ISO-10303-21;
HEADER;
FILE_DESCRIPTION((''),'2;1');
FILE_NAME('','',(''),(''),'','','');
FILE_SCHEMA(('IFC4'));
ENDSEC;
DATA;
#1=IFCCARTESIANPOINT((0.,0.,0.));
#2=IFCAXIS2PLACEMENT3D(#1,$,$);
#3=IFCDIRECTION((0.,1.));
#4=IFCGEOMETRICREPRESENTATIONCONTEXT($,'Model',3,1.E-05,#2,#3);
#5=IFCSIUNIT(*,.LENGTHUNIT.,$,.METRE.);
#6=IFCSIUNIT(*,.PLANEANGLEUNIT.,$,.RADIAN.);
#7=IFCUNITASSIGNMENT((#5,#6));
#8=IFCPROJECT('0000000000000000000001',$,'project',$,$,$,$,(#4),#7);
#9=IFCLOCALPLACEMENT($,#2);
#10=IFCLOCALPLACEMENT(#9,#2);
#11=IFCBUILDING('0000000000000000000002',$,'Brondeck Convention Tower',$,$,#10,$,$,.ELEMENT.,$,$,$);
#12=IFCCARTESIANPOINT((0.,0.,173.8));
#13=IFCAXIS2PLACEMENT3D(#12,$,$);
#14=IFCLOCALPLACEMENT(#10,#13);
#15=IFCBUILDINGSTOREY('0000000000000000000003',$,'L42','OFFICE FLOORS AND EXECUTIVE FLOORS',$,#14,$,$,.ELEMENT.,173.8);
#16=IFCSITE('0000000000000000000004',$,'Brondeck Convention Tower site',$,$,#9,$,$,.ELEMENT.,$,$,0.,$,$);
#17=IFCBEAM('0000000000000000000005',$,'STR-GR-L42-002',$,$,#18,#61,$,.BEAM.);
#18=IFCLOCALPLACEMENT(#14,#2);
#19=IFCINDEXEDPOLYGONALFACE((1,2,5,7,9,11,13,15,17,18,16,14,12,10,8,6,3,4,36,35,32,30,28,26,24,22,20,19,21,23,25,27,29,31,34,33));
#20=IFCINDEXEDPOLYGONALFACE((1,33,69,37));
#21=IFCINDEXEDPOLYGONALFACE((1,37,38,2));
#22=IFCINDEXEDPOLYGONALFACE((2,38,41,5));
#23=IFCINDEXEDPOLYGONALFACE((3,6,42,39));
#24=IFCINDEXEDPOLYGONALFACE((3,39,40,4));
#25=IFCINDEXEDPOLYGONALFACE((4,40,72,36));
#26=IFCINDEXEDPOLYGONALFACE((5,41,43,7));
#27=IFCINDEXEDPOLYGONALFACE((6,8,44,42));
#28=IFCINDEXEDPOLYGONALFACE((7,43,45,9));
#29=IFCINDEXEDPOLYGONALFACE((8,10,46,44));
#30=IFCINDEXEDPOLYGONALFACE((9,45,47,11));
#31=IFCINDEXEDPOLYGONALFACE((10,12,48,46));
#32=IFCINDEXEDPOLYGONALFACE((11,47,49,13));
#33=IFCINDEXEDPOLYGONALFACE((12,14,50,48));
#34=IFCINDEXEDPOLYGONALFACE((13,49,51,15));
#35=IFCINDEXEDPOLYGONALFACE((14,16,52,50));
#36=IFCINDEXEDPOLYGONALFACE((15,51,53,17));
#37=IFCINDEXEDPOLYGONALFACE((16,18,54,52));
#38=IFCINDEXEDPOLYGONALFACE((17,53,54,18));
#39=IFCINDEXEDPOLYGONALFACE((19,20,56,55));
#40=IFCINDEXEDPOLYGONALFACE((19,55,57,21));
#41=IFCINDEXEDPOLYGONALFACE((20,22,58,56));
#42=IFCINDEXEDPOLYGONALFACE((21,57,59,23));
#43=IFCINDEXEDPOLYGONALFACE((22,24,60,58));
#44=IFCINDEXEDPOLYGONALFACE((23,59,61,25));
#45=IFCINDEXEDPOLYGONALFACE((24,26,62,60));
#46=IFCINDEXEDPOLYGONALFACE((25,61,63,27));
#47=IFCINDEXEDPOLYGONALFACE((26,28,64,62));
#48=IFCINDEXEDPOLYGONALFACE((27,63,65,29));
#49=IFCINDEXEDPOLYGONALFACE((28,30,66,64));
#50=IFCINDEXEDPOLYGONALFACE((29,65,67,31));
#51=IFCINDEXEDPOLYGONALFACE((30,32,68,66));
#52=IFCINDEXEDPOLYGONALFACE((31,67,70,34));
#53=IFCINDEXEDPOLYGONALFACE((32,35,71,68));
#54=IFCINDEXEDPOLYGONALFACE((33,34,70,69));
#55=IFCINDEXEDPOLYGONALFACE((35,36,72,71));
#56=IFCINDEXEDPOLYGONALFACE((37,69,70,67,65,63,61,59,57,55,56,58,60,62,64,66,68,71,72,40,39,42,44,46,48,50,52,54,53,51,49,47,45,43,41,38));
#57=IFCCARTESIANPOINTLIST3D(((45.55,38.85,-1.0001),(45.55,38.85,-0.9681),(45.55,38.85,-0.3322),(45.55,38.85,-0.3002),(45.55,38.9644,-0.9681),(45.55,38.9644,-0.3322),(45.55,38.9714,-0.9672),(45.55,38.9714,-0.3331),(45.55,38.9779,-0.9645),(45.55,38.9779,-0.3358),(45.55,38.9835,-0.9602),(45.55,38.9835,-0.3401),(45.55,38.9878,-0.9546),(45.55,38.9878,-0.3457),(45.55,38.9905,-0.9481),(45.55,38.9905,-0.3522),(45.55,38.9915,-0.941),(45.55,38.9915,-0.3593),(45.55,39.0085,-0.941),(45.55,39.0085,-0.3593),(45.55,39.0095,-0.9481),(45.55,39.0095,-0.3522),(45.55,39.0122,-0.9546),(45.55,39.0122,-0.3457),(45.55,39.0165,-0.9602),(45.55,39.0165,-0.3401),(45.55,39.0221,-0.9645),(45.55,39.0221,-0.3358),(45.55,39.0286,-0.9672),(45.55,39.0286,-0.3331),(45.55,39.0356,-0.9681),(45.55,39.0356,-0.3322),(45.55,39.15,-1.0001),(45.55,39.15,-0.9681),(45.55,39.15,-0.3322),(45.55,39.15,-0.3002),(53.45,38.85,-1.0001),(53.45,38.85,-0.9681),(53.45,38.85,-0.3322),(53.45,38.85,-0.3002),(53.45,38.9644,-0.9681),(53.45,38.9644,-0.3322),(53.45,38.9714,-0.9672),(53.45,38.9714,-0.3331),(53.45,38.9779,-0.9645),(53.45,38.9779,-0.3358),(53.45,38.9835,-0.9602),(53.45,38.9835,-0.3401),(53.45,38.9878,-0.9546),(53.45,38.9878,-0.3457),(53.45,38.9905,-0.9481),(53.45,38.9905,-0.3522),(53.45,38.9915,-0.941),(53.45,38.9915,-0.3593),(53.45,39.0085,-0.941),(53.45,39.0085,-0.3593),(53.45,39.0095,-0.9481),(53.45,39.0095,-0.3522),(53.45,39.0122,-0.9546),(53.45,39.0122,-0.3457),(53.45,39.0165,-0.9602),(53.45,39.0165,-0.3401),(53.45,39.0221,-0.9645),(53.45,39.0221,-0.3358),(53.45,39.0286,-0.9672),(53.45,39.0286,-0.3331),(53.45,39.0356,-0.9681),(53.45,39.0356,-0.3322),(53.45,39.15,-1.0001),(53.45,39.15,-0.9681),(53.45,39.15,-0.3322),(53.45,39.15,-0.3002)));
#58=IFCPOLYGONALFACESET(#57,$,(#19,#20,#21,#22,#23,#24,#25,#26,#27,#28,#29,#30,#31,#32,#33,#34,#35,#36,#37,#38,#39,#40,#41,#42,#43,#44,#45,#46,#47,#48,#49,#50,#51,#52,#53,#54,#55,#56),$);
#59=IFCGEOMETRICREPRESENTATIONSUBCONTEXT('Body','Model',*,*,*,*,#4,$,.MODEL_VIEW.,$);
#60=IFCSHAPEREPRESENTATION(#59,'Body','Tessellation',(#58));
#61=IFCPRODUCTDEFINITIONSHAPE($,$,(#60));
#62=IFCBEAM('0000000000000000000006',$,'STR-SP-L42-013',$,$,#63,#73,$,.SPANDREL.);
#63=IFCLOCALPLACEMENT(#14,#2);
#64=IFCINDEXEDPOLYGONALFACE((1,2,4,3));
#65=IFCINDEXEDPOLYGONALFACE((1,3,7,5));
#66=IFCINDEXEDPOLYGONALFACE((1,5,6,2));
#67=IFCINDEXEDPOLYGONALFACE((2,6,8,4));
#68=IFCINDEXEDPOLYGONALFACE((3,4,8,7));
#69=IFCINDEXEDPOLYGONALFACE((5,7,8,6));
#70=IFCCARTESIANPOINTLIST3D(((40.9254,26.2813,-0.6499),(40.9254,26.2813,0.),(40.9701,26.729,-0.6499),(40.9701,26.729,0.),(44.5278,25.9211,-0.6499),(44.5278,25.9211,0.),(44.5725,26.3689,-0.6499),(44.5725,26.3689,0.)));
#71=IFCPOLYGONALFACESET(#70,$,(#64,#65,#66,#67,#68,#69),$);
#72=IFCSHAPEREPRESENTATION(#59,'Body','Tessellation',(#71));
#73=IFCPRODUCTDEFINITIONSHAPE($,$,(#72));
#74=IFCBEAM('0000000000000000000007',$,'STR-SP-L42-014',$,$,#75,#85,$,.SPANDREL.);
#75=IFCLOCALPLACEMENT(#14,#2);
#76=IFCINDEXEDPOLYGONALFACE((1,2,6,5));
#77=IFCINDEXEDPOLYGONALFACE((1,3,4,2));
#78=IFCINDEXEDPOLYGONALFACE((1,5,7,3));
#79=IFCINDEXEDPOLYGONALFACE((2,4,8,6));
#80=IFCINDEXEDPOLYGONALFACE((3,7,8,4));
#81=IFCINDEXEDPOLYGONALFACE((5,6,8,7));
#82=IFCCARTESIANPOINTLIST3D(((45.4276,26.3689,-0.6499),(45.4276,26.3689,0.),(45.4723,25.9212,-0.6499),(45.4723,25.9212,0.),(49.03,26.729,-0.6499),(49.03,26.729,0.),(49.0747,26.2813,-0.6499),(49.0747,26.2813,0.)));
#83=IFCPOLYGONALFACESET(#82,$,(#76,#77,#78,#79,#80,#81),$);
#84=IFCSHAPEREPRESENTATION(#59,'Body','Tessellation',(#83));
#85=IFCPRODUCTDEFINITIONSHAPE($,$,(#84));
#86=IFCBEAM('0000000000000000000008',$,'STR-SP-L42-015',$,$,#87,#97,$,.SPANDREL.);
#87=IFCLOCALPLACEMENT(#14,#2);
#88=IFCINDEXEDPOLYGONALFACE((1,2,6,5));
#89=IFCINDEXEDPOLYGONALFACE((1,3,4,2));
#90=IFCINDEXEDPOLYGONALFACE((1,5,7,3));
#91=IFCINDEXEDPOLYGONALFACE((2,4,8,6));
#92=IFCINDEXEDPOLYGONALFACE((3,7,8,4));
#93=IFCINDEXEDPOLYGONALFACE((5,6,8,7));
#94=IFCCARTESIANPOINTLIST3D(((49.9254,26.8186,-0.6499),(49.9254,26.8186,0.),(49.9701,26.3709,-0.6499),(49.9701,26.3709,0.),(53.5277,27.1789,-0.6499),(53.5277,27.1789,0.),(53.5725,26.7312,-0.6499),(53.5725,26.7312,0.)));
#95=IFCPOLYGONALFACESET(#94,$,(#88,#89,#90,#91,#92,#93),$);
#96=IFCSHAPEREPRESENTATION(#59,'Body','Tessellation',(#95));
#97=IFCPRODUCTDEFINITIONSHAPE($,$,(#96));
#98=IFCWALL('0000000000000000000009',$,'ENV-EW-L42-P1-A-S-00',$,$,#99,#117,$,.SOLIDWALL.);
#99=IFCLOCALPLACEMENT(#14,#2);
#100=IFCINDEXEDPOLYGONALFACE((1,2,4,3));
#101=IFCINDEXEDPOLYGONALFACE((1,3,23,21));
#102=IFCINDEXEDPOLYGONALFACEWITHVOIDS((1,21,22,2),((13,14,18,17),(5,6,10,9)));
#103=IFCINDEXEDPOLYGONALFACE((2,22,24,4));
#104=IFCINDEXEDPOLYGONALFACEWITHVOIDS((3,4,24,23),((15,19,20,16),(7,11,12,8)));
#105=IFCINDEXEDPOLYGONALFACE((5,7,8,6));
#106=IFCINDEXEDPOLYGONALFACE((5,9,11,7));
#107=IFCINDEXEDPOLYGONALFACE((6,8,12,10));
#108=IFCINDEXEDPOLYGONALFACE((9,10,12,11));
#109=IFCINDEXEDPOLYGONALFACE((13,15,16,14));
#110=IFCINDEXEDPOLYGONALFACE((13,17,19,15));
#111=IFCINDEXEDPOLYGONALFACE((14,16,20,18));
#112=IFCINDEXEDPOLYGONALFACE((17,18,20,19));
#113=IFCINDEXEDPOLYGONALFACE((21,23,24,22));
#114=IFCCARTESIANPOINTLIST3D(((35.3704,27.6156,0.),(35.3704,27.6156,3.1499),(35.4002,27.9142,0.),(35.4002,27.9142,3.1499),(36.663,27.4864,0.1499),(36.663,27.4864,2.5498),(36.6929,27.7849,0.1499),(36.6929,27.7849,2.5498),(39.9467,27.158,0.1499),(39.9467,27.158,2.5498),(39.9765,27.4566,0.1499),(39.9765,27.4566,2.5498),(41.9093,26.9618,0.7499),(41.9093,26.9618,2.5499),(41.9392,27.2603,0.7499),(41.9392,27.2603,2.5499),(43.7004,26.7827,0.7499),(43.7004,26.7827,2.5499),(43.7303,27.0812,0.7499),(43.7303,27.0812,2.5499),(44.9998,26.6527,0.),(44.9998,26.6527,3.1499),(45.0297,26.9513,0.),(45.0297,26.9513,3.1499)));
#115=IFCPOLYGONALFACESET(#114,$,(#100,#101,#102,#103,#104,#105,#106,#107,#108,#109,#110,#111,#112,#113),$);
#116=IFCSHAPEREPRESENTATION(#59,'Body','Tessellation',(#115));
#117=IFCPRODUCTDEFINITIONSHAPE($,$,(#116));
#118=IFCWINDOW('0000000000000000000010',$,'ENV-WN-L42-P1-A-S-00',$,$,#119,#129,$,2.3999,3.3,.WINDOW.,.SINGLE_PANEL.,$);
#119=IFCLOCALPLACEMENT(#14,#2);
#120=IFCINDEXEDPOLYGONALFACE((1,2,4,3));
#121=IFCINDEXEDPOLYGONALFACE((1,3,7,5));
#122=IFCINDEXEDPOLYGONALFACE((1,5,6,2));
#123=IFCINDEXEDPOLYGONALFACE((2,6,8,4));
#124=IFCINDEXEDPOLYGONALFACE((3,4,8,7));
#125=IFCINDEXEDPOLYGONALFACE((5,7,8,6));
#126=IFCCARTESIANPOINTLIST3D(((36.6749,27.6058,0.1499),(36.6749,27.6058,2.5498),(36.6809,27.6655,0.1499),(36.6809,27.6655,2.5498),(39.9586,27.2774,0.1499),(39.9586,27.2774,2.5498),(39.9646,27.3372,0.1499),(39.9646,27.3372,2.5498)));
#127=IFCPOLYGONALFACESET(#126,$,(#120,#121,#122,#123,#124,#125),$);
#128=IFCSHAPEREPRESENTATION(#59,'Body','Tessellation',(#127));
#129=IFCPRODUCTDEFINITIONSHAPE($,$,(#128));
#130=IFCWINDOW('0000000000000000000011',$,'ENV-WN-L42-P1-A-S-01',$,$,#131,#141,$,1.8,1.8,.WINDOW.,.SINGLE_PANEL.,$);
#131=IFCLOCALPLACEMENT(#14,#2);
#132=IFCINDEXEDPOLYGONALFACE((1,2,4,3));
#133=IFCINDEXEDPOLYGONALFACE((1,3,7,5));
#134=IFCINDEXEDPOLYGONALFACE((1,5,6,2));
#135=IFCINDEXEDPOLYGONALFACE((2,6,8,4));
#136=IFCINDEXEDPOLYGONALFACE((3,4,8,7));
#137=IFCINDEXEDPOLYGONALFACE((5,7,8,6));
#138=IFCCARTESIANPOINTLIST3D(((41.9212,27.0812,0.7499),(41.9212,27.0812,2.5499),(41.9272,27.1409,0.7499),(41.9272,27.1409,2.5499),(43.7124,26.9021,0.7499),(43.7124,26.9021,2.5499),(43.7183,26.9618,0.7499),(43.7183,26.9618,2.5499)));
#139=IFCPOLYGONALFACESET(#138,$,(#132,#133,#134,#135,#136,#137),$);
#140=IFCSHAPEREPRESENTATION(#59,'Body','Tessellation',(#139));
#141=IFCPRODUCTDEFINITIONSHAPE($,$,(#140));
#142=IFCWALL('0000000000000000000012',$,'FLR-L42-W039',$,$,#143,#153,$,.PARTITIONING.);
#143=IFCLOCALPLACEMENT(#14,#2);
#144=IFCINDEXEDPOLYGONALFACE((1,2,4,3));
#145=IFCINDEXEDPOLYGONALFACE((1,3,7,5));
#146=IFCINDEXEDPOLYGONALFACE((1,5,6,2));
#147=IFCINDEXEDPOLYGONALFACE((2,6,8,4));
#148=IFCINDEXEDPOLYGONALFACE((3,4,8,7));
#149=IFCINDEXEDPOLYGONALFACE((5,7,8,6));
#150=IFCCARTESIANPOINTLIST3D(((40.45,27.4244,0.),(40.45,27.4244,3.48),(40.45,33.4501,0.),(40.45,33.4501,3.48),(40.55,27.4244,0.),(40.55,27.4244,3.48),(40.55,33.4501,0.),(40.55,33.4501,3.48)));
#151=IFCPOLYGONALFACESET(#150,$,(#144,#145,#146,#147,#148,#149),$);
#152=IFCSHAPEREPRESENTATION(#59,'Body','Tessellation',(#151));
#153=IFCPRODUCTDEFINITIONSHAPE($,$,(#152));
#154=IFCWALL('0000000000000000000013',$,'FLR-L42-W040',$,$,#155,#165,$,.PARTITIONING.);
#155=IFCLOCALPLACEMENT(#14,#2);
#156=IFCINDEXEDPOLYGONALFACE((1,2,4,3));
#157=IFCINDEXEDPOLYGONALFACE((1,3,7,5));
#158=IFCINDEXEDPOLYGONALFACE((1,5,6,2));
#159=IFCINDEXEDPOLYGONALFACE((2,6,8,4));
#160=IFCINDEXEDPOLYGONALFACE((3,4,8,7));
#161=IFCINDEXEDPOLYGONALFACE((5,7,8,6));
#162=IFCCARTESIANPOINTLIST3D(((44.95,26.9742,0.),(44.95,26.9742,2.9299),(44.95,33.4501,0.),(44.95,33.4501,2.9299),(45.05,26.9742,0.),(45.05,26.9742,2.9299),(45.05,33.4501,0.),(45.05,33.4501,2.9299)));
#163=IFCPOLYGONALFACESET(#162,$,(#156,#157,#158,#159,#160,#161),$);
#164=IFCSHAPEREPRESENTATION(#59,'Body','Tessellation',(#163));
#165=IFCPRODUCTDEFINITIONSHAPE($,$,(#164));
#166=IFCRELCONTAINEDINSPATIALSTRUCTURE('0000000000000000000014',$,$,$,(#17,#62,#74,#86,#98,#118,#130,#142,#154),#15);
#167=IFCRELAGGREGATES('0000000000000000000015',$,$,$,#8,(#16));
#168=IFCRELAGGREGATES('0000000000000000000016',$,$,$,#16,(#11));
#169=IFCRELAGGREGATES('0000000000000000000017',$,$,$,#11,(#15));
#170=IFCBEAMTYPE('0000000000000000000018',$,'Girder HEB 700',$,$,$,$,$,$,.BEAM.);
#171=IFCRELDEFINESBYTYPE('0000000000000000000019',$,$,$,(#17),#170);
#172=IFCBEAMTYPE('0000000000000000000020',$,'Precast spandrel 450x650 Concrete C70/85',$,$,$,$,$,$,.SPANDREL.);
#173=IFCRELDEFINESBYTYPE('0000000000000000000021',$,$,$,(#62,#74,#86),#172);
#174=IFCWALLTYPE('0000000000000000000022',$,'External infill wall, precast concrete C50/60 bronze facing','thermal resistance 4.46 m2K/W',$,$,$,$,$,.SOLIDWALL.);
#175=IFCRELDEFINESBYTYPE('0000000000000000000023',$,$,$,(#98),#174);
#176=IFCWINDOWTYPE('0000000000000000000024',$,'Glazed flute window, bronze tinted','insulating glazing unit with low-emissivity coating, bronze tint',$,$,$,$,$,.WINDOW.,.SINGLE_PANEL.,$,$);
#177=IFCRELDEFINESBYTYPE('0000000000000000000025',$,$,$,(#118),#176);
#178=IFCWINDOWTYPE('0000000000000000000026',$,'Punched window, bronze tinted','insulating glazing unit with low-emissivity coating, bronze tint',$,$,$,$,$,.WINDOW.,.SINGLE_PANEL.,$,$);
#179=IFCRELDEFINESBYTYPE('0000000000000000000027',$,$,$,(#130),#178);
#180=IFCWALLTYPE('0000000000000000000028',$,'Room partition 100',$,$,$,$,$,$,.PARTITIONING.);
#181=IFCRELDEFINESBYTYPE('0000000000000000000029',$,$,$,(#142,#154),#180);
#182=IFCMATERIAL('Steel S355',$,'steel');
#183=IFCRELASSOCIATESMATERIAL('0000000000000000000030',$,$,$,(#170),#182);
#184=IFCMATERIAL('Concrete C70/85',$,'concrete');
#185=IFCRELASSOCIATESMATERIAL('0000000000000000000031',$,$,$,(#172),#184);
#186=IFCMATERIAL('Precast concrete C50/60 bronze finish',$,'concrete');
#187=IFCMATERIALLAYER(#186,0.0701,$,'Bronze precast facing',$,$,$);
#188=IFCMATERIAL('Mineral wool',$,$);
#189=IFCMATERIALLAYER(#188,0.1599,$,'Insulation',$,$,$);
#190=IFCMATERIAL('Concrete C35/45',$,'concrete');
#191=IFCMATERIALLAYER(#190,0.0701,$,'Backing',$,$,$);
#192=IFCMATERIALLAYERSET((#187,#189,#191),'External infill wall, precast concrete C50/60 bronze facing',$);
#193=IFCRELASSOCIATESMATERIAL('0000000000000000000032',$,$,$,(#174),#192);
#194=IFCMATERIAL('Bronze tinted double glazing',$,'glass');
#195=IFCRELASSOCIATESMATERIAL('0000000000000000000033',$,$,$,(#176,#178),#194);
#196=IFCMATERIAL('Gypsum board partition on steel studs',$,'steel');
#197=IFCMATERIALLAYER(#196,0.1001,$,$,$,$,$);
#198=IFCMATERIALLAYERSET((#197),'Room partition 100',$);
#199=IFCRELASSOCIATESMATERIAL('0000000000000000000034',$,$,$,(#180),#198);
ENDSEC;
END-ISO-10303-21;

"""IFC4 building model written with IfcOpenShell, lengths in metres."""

from ifc_helpers import new_model, si_unit, direction, frame, frame_2d, origin, origin_2d, place, context, subcontext, project, spatial, rectangle, i_section, extrude, material, layer, layer_set, material_profile, profile_set, type_object, element, fill, save


model = new_model("IFC4")

# Units and contexts
model_context = context("Model", 3, precision=1e-05, world=origin(), true_north=direction((0.0, 1.0)))
body_context = subcontext(model_context, "Body", "Model", "MODEL_VIEW")
ifc_project = project(units=[si_unit("LENGTHUNIT", "METRE"), si_unit("PLANEANGLEUNIT", "RADIAN")], contexts=[model_context])

# Site, building, storey
site_placement = place(None, origin())
site = spatial("IfcSite", under=ifc_project, at=site_placement, Name="Brondeck Convention Tower site", CompositionType="ELEMENT", RefElevation=0.0)
building_placement = place(site_placement, origin())
building = spatial("IfcBuilding", under=site, at=building_placement, Name="Brondeck Convention Tower", CompositionType="ELEMENT")
storey_placement = place(building_placement, frame((0.0, 0.0, 173.8)))
storey = spatial("IfcBuildingStorey", under=building, at=storey_placement, Name="L42", Description="OFFICE FLOORS AND EXECUTIVE FLOORS", CompositionType="ELEMENT", Elevation=173.8)

# Shared definitions
ifc_material_1 = material(Name="Concrete C70/85", Category="concrete")

# Beams
ifc_material_2 = material(Name="Steel S355", Category="steel")
ifc_material_profile_1 = material_profile(ifc_material_2, i_section(OverallWidth=0.3, OverallDepth=0.7, WebThickness=0.0171, FlangeThickness=0.032, FilletRadius=0.0271, at=origin_2d()), Name="HEB 700")
ifc_profile_set_1 = profile_set([ifc_material_profile_1], Name="Steel S355")
beam_type_1 = type_object("IfcBeamType", Name="Girder HEB 700", PredefinedType="BEAM", material=ifc_profile_set_1)
beam_1_placement = place(storey_placement, frame((45.55, 39.0, -0.6501), z_axis=(1.0, 0.0, 0.0), x_axis=(0.0, 1.0, 0.0)))
element("IfcBeam", 1, at=beam_1_placement, inside=storey, type_object=beam_type_1, Name="STR-GR-L42-002", PredefinedType="BEAM", context=body_context, shape_type="SweptSolid", body=[
    extrude(i_section(OverallWidth=0.3, OverallDepth=0.7, WebThickness=0.0171, FlangeThickness=0.032, FilletRadius=0.0271, at=origin_2d()), origin(), (0.0, 0.0, 1.0), 7.8999),
])
ifc_material_profile_2 = material_profile(ifc_material_1, rectangle(XDim=0.45, YDim=0.6499, at=origin_2d()), Name="Precast spandrel 450x650 Concrete C70/85")
ifc_profile_set_2 = profile_set([ifc_material_profile_2], Name="Concrete C70/85")
beam_type_2 = type_object("IfcBeamType", Name="Precast spandrel 450x650 Concrete C70/85", PredefinedType="SPANDREL", material=ifc_profile_set_2)
for number, where, z_axis, x_axis, name in (
    (2, (40.9478, 26.5051, -0.325), (0.995041, -0.09947, 0.0), (0.09947, 0.995041, 0.0), "STR-SP-L42-013"),
    (3, (45.45, 26.145, -0.325), (0.995041, 0.09947, 0.0), (-0.09947, 0.995041, 0.0), "STR-SP-L42-014"),
    (4, (49.9478, 26.5947, -0.325), (0.995034, 0.099537, 0.0), (-0.099537, 0.995034, 0.0), "STR-SP-L42-015"),
):
    element("IfcBeam", number, at=place(storey_placement, frame(where, z_axis=z_axis, x_axis=x_axis)), inside=storey, type_object=beam_type_2, Name=name, PredefinedType="SPANDREL", context=body_context, shape_type="SweptSolid", body=[
        extrude(rectangle(XDim=0.45, YDim=0.6499, at=origin_2d()), origin(), (0.0, 0.0, 1.0), 3.6204),
    ])

# Wall, openings, windows
ifc_material_3 = material(Name="Precast concrete C50/60 bronze finish", Category="concrete")
ifc_layer_1 = layer(ifc_material_3, 0.0701, Name="Bronze precast facing")
ifc_material_4 = material(Name="Mineral wool")
ifc_layer_2 = layer(ifc_material_4, 0.1599, Name="Insulation")
ifc_material_5 = material(Name="Concrete C35/45", Category="concrete")
ifc_layer_3 = layer(ifc_material_5, 0.0701, Name="Backing")
ifc_layer_set_1 = layer_set([ifc_layer_1, ifc_layer_2, ifc_layer_3], Name="External infill wall, precast concrete C50/60 bronze facing")
wall_type_1 = type_object("IfcWallType", Name="External infill wall, precast concrete C50/60 bronze facing", Description="thermal resistance 4.46 m2K/W", PredefinedType="SOLIDWALL", material=ifc_layer_set_1)
wall_1_placement = place(storey_placement, frame((45.0149, 26.802, 0.0), z_axis=(0.0, 0.0, 1.0), x_axis=(-0.995038, 0.099499, 0.0)))
wall_1 = element("IfcWall", 5, at=wall_1_placement, inside=storey, type_object=wall_type_1, Name="ENV-EW-L42-P1-A-S-00", PredefinedType="SOLIDWALL", context=body_context, shape_type="SweptSolid", body=[
    extrude(rectangle(XDim=9.6775, YDim=0.3, at=frame_2d((4.8389, 0.0))), origin(), (0.0, 0.0, 1.0), 3.1499),
])
opening_1_placement = place(wall_1_placement, frame((1.3062, 0.0, 0.75)))
opening_1 = element("IfcOpeningElement", 6, at=opening_1_placement, cuts=wall_1, PredefinedType="OPENING", context=body_context, shape_type="SweptSolid", body=[
    extrude(rectangle(XDim=1.8, YDim=1.8, at=frame_2d((0.8999, 0.8999))), frame((0.0, 0.1599, 0.0), z_axis=(0.0, -1.0, 0.0), x_axis=(1.0, 0.0, 0.0)), (0.0, 0.0, 1.0), 0.3201),
])
opening_2_placement = place(wall_1_placement, frame((5.0786, 0.0, 0.1499)))
opening_2 = element("IfcOpeningElement", 7, at=opening_2_placement, cuts=wall_1, PredefinedType="OPENING", context=body_context, shape_type="SweptSolid", body=[
    extrude(rectangle(XDim=3.3, YDim=2.3999, at=frame_2d((1.6499, 1.2))), frame((0.0, 0.1599, 0.0), z_axis=(0.0, -1.0, 0.0), x_axis=(1.0, 0.0, 0.0)), (0.0, 0.0, 1.0), 0.3201),
])
ifc_material_6 = material(Name="Bronze tinted double glazing", Category="glass")
window_type_1 = type_object("IfcWindowType", Name="Glazed flute window, bronze tinted", Description="insulating glazing unit with low-emissivity coating, bronze tint", PartitioningType="SINGLE_PANEL", PredefinedType="WINDOW", material=ifc_material_6)
window_1_placement = place(opening_2_placement, origin())
window_1 = element("IfcWindow", 8, at=window_1_placement, inside=storey, type_object=window_type_1, Name="ENV-WN-L42-P1-A-S-00", OverallHeight=2.3999, OverallWidth=3.3, PartitioningType="SINGLE_PANEL", PredefinedType="WINDOW", context=body_context, shape_type="SweptSolid", body=[
    extrude(rectangle(XDim=3.3, YDim=2.3999, at=frame_2d((1.6499, 1.2))), frame((0.0, 0.03, 0.0), z_axis=(0.0, -1.0, 0.0), x_axis=(1.0, 0.0, 0.0)), (0.0, 0.0, 1.0), 0.0601),
])
fill(opening_2, window_1)
window_type_2 = type_object("IfcWindowType", Name="Punched window, bronze tinted", Description="insulating glazing unit with low-emissivity coating, bronze tint", PartitioningType="SINGLE_PANEL", PredefinedType="WINDOW", material=ifc_material_6)
window_2_placement = place(opening_1_placement, origin())
window_2 = element("IfcWindow", 9, at=window_2_placement, inside=storey, type_object=window_type_2, Name="ENV-WN-L42-P1-A-S-01", OverallHeight=1.8, OverallWidth=1.8, PartitioningType="SINGLE_PANEL", PredefinedType="WINDOW", context=body_context, shape_type="SweptSolid", body=[
    extrude(rectangle(XDim=1.8, YDim=1.8, at=frame_2d((0.8999, 0.8999))), frame((0.0, 0.03, 0.0), z_axis=(0.0, -1.0, 0.0), x_axis=(1.0, 0.0, 0.0)), (0.0, 0.0, 1.0), 0.0601),
])
fill(opening_1, window_2)

# Walls
ifc_material_7 = material(Name="Gypsum board partition on steel studs", Category="steel")
ifc_layer_4 = layer(ifc_material_7, 0.1001)
ifc_layer_set_2 = layer_set([ifc_layer_4], Name="Room partition 100")
wall_type_2 = type_object("IfcWallType", Name="Room partition 100", PredefinedType="PARTITIONING", material=ifc_layer_set_2)
wall_2_placement = place(storey_placement, frame((40.5, 33.45, 0.0), z_axis=(0.0, 0.0, 1.0), x_axis=(0.0, -1.0, 0.0)))
element("IfcWall", 10, at=wall_2_placement, inside=storey, type_object=wall_type_2, Name="FLR-L42-W039", PredefinedType="PARTITIONING", context=body_context, shape_type="SweptSolid", body=[
    extrude(rectangle(XDim=6.0256, YDim=0.1001, at=frame_2d((3.0127, 0.0))), origin(), (0.0, 0.0, 1.0), 3.48),
])
wall_3_placement = place(storey_placement, frame((45.0, 33.45, 0.0), z_axis=(0.0, 0.0, 1.0), x_axis=(0.0, -1.0, 0.0)))
element("IfcWall", 11, at=wall_3_placement, inside=storey, type_object=wall_type_2, Name="FLR-L42-W040", PredefinedType="PARTITIONING", context=body_context, shape_type="SweptSolid", body=[
    extrude(rectangle(XDim=6.4758, YDim=0.1001, at=frame_2d((3.2378, 0.0))), origin(), (0.0, 0.0, 1.0), 2.9299),
])

save(model, "model.ifc")
